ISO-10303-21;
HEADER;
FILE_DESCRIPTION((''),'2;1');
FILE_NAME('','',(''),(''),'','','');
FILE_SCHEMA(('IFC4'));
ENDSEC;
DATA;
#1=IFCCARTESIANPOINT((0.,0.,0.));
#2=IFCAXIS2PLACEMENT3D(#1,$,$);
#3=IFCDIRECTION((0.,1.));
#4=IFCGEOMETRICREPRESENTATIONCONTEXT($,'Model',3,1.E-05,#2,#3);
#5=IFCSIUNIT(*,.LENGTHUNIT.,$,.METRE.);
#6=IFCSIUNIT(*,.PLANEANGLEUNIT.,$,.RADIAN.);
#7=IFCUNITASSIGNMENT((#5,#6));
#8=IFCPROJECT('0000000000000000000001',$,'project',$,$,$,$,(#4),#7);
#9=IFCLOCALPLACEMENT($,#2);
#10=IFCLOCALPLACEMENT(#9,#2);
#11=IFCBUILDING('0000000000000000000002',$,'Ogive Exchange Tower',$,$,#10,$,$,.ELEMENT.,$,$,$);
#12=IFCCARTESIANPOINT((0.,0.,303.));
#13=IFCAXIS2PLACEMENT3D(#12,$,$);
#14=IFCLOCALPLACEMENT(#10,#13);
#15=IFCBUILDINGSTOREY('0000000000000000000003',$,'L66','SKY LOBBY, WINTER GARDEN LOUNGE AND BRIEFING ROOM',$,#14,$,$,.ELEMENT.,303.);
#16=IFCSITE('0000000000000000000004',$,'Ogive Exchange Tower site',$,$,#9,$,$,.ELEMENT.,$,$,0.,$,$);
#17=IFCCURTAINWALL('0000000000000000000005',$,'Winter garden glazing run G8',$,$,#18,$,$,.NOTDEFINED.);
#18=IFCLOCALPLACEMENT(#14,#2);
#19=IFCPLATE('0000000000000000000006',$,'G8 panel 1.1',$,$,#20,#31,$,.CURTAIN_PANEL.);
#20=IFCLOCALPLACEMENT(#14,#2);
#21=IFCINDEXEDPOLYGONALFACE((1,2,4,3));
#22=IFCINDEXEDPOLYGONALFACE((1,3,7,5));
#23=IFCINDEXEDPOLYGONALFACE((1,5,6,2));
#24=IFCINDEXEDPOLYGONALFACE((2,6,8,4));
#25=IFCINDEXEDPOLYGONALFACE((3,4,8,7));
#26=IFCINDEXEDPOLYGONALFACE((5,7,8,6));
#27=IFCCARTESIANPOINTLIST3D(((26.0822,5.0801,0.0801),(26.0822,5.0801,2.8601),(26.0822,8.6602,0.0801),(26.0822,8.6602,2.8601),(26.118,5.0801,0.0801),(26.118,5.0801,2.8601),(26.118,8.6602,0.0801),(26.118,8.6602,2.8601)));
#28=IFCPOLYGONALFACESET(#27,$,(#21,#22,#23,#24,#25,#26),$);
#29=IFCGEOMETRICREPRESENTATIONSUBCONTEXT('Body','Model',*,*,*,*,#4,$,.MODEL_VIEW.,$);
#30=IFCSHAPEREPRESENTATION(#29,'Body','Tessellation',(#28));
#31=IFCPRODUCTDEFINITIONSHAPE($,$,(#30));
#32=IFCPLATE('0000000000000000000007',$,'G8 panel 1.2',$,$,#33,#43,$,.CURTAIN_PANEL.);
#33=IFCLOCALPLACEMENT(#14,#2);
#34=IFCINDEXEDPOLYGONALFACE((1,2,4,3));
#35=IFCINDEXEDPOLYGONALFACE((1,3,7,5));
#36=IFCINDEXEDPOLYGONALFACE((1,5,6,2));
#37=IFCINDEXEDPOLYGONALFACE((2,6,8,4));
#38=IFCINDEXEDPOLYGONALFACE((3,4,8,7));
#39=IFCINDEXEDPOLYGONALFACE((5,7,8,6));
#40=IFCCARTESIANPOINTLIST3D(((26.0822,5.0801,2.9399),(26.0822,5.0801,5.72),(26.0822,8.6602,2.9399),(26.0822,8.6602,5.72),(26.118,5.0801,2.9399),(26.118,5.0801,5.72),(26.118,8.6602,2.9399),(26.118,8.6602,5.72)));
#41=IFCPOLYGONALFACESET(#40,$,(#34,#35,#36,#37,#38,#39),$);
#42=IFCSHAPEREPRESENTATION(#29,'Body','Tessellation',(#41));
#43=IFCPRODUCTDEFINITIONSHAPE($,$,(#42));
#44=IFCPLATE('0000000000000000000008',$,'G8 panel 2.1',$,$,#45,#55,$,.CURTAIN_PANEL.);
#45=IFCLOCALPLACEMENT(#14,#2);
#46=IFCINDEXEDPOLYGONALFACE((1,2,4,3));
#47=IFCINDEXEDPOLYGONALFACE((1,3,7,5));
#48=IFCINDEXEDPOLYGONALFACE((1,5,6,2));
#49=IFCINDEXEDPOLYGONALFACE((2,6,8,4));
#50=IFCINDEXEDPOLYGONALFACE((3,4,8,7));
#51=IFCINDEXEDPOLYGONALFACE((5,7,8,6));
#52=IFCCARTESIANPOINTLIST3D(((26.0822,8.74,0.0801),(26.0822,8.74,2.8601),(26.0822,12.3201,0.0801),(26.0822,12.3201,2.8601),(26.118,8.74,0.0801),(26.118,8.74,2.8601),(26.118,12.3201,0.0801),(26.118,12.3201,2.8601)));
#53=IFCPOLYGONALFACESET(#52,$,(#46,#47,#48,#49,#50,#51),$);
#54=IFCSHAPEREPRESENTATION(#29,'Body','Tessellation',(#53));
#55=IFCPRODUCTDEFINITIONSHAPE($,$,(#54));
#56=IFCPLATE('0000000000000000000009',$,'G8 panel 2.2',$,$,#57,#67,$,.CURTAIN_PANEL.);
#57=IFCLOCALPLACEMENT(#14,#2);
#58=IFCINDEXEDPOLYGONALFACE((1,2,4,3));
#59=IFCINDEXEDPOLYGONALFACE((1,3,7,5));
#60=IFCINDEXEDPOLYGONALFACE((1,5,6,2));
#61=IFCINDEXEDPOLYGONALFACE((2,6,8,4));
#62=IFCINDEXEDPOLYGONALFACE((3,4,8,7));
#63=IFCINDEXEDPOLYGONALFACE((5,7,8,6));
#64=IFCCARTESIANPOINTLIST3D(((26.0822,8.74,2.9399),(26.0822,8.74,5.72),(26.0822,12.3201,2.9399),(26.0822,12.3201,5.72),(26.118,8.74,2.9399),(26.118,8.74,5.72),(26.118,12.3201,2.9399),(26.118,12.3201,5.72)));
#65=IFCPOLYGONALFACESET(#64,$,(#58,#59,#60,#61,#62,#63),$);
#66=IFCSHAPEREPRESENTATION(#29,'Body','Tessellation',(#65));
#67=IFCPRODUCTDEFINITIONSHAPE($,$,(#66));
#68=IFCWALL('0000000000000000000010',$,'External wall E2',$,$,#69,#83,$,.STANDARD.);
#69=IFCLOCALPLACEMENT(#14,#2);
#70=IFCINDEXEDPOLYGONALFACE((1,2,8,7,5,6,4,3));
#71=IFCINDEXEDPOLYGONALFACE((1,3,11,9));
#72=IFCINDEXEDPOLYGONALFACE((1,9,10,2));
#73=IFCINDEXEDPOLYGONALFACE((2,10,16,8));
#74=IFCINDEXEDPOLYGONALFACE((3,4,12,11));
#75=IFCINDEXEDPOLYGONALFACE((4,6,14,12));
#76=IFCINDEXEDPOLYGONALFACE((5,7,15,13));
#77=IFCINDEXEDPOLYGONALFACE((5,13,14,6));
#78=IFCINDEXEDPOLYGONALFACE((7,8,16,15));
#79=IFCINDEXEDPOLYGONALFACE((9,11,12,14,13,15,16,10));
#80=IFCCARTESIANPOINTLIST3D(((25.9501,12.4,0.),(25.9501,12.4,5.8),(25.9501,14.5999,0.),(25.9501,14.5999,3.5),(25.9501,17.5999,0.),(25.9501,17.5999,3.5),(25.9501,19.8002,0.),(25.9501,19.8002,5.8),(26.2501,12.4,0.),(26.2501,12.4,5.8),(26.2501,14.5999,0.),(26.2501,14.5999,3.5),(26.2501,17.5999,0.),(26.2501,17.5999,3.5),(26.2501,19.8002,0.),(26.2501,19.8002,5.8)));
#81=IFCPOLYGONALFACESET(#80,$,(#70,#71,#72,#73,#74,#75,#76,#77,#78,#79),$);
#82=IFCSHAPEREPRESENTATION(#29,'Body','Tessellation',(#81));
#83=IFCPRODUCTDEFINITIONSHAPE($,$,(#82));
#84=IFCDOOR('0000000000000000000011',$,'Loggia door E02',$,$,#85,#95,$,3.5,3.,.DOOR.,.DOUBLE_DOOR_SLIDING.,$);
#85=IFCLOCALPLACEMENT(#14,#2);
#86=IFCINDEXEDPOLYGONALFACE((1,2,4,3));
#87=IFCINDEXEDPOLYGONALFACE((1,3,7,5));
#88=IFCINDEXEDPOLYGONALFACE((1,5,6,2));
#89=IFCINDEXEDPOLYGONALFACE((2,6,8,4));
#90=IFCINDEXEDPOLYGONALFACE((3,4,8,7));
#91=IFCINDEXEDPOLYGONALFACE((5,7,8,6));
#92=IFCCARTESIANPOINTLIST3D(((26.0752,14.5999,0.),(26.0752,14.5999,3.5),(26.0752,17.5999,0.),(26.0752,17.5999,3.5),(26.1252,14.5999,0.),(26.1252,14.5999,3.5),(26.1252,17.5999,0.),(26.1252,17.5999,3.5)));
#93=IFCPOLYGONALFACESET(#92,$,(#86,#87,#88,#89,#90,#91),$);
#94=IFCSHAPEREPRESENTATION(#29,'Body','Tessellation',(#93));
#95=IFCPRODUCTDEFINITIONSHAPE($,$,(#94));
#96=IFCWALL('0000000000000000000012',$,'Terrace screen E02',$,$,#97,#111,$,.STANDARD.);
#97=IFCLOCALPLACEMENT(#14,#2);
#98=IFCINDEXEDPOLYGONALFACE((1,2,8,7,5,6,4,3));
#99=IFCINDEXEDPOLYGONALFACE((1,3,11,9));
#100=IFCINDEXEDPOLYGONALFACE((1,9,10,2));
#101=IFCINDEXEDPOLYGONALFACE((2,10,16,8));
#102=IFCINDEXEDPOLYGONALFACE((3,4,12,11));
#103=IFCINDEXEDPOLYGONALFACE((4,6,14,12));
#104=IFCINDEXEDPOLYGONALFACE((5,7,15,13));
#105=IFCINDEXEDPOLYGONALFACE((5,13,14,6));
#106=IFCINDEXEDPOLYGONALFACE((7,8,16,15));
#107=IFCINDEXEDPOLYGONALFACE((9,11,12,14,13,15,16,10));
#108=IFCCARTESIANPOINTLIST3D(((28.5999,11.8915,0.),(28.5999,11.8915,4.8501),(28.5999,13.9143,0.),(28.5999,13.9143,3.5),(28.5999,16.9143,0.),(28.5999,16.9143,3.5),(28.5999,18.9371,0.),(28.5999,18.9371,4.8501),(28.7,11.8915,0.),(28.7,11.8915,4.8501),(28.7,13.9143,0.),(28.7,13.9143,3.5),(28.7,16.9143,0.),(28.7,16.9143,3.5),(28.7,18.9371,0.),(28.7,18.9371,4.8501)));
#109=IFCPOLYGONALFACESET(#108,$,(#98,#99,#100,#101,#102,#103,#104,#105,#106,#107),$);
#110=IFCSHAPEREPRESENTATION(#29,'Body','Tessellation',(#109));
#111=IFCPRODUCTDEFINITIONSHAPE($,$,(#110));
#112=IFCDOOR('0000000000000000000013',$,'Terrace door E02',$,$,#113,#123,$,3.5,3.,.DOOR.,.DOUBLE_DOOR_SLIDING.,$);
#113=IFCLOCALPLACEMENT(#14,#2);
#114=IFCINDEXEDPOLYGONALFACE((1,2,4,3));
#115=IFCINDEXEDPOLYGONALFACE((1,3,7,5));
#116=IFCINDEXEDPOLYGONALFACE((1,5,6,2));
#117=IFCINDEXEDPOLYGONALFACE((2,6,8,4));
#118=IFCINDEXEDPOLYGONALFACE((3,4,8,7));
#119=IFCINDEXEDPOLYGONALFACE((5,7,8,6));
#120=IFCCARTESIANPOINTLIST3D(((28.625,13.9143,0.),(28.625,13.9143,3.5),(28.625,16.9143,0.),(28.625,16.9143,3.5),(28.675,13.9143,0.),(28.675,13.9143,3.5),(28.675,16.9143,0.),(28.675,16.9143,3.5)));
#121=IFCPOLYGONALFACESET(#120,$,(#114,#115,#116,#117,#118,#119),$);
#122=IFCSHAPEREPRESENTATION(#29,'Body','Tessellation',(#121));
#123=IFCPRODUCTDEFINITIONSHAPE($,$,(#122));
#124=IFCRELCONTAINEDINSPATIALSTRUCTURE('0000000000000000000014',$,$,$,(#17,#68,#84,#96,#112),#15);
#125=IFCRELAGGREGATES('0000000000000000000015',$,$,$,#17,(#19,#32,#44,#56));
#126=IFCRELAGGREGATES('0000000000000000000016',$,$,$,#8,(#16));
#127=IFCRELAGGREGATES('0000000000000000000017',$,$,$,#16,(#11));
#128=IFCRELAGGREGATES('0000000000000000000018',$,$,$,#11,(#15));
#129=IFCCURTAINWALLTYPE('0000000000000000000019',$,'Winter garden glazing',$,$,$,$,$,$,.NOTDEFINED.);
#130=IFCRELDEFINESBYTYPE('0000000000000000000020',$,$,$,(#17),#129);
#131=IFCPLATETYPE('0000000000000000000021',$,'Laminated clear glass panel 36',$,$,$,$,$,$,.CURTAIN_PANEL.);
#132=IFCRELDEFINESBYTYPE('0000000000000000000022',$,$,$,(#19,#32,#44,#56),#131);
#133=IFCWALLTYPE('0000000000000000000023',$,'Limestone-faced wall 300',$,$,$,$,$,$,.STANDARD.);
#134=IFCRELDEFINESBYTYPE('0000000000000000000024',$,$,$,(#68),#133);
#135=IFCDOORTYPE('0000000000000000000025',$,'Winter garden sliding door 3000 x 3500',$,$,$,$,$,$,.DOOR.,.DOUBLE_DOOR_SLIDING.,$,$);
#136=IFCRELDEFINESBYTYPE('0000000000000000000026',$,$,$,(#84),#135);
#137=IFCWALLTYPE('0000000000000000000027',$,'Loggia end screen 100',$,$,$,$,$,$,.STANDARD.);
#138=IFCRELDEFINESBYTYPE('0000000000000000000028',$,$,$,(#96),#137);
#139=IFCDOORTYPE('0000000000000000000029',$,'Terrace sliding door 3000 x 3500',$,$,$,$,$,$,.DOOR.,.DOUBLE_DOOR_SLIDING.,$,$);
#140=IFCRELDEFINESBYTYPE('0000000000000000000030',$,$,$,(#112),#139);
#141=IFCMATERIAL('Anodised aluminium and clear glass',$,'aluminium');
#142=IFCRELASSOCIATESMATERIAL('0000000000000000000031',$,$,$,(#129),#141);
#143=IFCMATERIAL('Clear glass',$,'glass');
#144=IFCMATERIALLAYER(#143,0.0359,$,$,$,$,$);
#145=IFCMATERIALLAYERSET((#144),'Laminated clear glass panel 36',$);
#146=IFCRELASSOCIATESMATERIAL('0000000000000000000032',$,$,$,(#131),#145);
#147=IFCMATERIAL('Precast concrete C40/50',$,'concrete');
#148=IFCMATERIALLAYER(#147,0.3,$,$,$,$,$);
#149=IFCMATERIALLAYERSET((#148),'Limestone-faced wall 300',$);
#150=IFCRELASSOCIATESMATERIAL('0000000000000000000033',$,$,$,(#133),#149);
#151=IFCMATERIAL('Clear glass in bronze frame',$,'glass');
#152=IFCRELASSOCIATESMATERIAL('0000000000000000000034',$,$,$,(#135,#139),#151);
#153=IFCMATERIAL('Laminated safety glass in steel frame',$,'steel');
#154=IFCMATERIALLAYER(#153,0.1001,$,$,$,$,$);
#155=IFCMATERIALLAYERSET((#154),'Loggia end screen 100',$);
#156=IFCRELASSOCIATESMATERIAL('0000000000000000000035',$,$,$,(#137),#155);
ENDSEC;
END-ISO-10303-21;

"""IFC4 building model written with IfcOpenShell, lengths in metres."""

from ifc_helpers import new_model, si_unit, direction, frame, frame_2d, origin, origin_2d, place, context, subcontext, project, spatial, rectangle, extrude, material, layer, layer_set, type_object, element, fill, aggregate, save


model = new_model("IFC4")

# Units and contexts
model_context = context("Model", 3, precision=1e-05, world=origin(), true_north=direction((0.0, 1.0)))
body_context = subcontext(model_context, "Body", "Model", "MODEL_VIEW")
ifc_project = project(units=[si_unit("LENGTHUNIT", "METRE"), si_unit("PLANEANGLEUNIT", "RADIAN")], contexts=[model_context])

# Site, building, storey
site_placement = place(None, origin())
site = spatial("IfcSite", under=ifc_project, at=site_placement, Name="Ogive Exchange Tower site", CompositionType="ELEMENT", RefElevation=0.0)
building_placement = place(site_placement, origin())
building = spatial("IfcBuilding", under=site, at=building_placement, Name="Ogive Exchange Tower", CompositionType="ELEMENT")
storey_placement = place(building_placement, frame((0.0, 0.0, 303.0)))
storey = spatial("IfcBuildingStorey", under=building, at=storey_placement, Name="L66", Description="SKY LOBBY, WINTER GARDEN LOUNGE AND BRIEFING ROOM", CompositionType="ELEMENT", Elevation=303.0)

# Curtain wall, plates
ifc_material_1 = material(Name="Anodised aluminium and clear glass", Category="aluminium")
curtain_wall_type = type_object("IfcCurtainWallType", Name="Winter garden glazing", PredefinedType="NOTDEFINED", material=ifc_material_1)
curtain_wall_placement = place(storey_placement, origin())
curtain_wall = element("IfcCurtainWall", 1, at=curtain_wall_placement, inside=storey, type_object=curtain_wall_type, Name="Winter garden glazing run G8", PredefinedType="NOTDEFINED")
ifc_material_2 = material(Name="Clear glass", Category="glass")
ifc_layer_1 = layer(ifc_material_2, 0.0359)
ifc_layer_set_1 = layer_set([ifc_layer_1], Name="Laminated clear glass panel 36")
plate_type = type_object("IfcPlateType", Name="Laminated clear glass panel 36", PredefinedType="CURTAIN_PANEL", material=ifc_layer_set_1)
plate_1_placement = place(storey_placement, frame((26.1001, 6.8701, 0.0801), z_axis=(0.0, 0.0, 1.0), x_axis=(0.0, 1.0, 0.0)))
plate_1 = element("IfcPlate", 2, at=plate_1_placement, type_object=plate_type, Name="G8 panel 1.1", PredefinedType="CURTAIN_PANEL", context=body_context, shape_type="SweptSolid", body=[
    extrude(rectangle(XDim=3.5801, YDim=0.0359, at=origin_2d()), origin(), (0.0, 0.0, 1.0), 2.78),
])
plate_2_placement = place(storey_placement, frame((26.1001, 6.8701, 2.9399), z_axis=(0.0, 0.0, 1.0), x_axis=(0.0, 1.0, 0.0)))
plate_2 = element("IfcPlate", 3, at=plate_2_placement, type_object=plate_type, Name="G8 panel 1.2", PredefinedType="CURTAIN_PANEL", context=body_context, shape_type="SweptSolid", body=[
    extrude(rectangle(XDim=3.5801, YDim=0.0359, at=origin_2d()), origin(), (0.0, 0.0, 1.0), 2.78),
])
plate_3_placement = place(storey_placement, frame((26.1001, 10.53, 0.0801), z_axis=(0.0, 0.0, 1.0), x_axis=(0.0, 1.0, 0.0)))
plate_3 = element("IfcPlate", 4, at=plate_3_placement, type_object=plate_type, Name="G8 panel 2.1", PredefinedType="CURTAIN_PANEL", context=body_context, shape_type="SweptSolid", body=[
    extrude(rectangle(XDim=3.5801, YDim=0.0359, at=origin_2d()), origin(), (0.0, 0.0, 1.0), 2.78),
])
plate_4_placement = place(storey_placement, frame((26.1001, 10.53, 2.9399), z_axis=(0.0, 0.0, 1.0), x_axis=(0.0, 1.0, 0.0)))
plate_4 = element("IfcPlate", 5, at=plate_4_placement, type_object=plate_type, Name="G8 panel 2.2", PredefinedType="CURTAIN_PANEL", context=body_context, shape_type="SweptSolid", body=[
    extrude(rectangle(XDim=3.5801, YDim=0.0359, at=origin_2d()), origin(), (0.0, 0.0, 1.0), 2.78),
])
aggregate(curtain_wall, [plate_1, plate_2, plate_3, plate_4])

# Walls, openings, doors
ifc_material_3 = material(Name="Precast concrete C40/50", Category="concrete")
ifc_layer_2 = layer(ifc_material_3, 0.3)
ifc_layer_set_2 = layer_set([ifc_layer_2], Name="Limestone-faced wall 300")
wall_type_1 = type_object("IfcWallType", Name="Limestone-faced wall 300", PredefinedType="STANDARD", material=ifc_layer_set_2)
wall_1_placement = place(storey_placement, frame((26.1001, 12.3999, 0.0), z_axis=(0.0, 0.0, 1.0), x_axis=(0.0, 1.0, 0.0)))
wall_1 = element("IfcWall", 6, at=wall_1_placement, inside=storey, type_object=wall_type_1, Name="External wall E2", PredefinedType="STANDARD", context=body_context, shape_type="SweptSolid", body=[
    extrude(rectangle(XDim=7.4001, YDim=0.3, at=frame_2d((3.7002, 0.0))), origin(), (0.0, 0.0, 1.0), 5.8),
])
opening_1_placement = place(wall_1_placement, frame((2.2, 0.0, 0.0)))
opening_1 = element("IfcOpeningElement", 7, at=opening_1_placement, cuts=wall_1, PredefinedType="OPENING", context=body_context, shape_type="SweptSolid", body=[
    extrude(rectangle(XDim=3.0, YDim=3.5, at=frame_2d((1.5, 1.75))), frame((0.0, 0.1599, 0.0), z_axis=(0.0, -1.0, 0.0), x_axis=(1.0, 0.0, 0.0)), (0.0, 0.0, 1.0), 0.3201),
])
ifc_material_4 = material(Name="Clear glass in bronze frame", Category="glass")
door_type_1 = type_object("IfcDoorType", Name="Winter garden sliding door 3000 x 3500", OperationType="DOUBLE_DOOR_SLIDING", PredefinedType="DOOR", material=ifc_material_4)
door_1_placement = place(opening_1_placement, origin())
door_1 = element("IfcDoor", 8, at=door_1_placement, inside=storey, type_object=door_type_1, Name="Loggia door E02", OperationType="DOUBLE_DOOR_SLIDING", OverallHeight=3.5, OverallWidth=3.0, PredefinedType="DOOR", context=body_context, shape_type="SweptSolid", body=[
    extrude(rectangle(XDim=3.0, YDim=3.5, at=frame_2d((1.5, 1.75))), frame((0.0, 0.0249, 0.0), z_axis=(0.0, -1.0, 0.0), x_axis=(1.0, 0.0, 0.0)), (0.0, 0.0, 1.0), 0.05),
])
fill(opening_1, door_1)
ifc_material_5 = material(Name="Laminated safety glass in steel frame", Category="steel")
ifc_layer_3 = layer(ifc_material_5, 0.1001)
ifc_layer_set_3 = layer_set([ifc_layer_3], Name="Loggia end screen 100")
wall_type_2 = type_object("IfcWallType", Name="Loggia end screen 100", PredefinedType="STANDARD", material=ifc_layer_set_3)
wall_2_placement = place(storey_placement, frame((28.6499, 11.8914, 0.0), z_axis=(0.0, 0.0, 1.0), x_axis=(0.0, 1.0, 0.0)))
wall_2 = element("IfcWall", 9, at=wall_2_placement, inside=storey, type_object=wall_type_2, Name="Terrace screen E02", PredefinedType="STANDARD", context=body_context, shape_type="SweptSolid", body=[
    extrude(rectangle(XDim=7.0457, YDim=0.1001, at=frame_2d((3.5229, 0.0))), origin(), (0.0, 0.0, 1.0), 4.8501),
])
opening_2_placement = place(wall_2_placement, frame((2.0229, 0.0, 0.0)))
opening_2 = element("IfcOpeningElement", 10, at=opening_2_placement, cuts=wall_2, PredefinedType="OPENING", context=body_context, shape_type="SweptSolid", body=[
    extrude(rectangle(XDim=3.0, YDim=3.5, at=frame_2d((1.5, 1.75))), frame((0.0, 0.0601, 0.0), z_axis=(0.0, -1.0, 0.0), x_axis=(1.0, 0.0, 0.0)), (0.0, 0.0, 1.0), 0.1201),
])
door_type_2 = type_object("IfcDoorType", Name="Terrace sliding door 3000 x 3500", OperationType="DOUBLE_DOOR_SLIDING", PredefinedType="DOOR", material=ifc_material_4)
door_2_placement = place(opening_2_placement, origin())
door_2 = element("IfcDoor", 11, at=door_2_placement, inside=storey, type_object=door_type_2, Name="Terrace door E02", OperationType="DOUBLE_DOOR_SLIDING", OverallHeight=3.5, OverallWidth=3.0, PredefinedType="DOOR", context=body_context, shape_type="SweptSolid", body=[
    extrude(rectangle(XDim=3.0, YDim=3.5, at=frame_2d((1.5, 1.75))), frame((0.0, 0.0249, 0.0), z_axis=(0.0, -1.0, 0.0), x_axis=(1.0, 0.0, 0.0)), (0.0, 0.0, 1.0), 0.05),
])
fill(opening_2, door_2)

save(model, "model.ifc")
